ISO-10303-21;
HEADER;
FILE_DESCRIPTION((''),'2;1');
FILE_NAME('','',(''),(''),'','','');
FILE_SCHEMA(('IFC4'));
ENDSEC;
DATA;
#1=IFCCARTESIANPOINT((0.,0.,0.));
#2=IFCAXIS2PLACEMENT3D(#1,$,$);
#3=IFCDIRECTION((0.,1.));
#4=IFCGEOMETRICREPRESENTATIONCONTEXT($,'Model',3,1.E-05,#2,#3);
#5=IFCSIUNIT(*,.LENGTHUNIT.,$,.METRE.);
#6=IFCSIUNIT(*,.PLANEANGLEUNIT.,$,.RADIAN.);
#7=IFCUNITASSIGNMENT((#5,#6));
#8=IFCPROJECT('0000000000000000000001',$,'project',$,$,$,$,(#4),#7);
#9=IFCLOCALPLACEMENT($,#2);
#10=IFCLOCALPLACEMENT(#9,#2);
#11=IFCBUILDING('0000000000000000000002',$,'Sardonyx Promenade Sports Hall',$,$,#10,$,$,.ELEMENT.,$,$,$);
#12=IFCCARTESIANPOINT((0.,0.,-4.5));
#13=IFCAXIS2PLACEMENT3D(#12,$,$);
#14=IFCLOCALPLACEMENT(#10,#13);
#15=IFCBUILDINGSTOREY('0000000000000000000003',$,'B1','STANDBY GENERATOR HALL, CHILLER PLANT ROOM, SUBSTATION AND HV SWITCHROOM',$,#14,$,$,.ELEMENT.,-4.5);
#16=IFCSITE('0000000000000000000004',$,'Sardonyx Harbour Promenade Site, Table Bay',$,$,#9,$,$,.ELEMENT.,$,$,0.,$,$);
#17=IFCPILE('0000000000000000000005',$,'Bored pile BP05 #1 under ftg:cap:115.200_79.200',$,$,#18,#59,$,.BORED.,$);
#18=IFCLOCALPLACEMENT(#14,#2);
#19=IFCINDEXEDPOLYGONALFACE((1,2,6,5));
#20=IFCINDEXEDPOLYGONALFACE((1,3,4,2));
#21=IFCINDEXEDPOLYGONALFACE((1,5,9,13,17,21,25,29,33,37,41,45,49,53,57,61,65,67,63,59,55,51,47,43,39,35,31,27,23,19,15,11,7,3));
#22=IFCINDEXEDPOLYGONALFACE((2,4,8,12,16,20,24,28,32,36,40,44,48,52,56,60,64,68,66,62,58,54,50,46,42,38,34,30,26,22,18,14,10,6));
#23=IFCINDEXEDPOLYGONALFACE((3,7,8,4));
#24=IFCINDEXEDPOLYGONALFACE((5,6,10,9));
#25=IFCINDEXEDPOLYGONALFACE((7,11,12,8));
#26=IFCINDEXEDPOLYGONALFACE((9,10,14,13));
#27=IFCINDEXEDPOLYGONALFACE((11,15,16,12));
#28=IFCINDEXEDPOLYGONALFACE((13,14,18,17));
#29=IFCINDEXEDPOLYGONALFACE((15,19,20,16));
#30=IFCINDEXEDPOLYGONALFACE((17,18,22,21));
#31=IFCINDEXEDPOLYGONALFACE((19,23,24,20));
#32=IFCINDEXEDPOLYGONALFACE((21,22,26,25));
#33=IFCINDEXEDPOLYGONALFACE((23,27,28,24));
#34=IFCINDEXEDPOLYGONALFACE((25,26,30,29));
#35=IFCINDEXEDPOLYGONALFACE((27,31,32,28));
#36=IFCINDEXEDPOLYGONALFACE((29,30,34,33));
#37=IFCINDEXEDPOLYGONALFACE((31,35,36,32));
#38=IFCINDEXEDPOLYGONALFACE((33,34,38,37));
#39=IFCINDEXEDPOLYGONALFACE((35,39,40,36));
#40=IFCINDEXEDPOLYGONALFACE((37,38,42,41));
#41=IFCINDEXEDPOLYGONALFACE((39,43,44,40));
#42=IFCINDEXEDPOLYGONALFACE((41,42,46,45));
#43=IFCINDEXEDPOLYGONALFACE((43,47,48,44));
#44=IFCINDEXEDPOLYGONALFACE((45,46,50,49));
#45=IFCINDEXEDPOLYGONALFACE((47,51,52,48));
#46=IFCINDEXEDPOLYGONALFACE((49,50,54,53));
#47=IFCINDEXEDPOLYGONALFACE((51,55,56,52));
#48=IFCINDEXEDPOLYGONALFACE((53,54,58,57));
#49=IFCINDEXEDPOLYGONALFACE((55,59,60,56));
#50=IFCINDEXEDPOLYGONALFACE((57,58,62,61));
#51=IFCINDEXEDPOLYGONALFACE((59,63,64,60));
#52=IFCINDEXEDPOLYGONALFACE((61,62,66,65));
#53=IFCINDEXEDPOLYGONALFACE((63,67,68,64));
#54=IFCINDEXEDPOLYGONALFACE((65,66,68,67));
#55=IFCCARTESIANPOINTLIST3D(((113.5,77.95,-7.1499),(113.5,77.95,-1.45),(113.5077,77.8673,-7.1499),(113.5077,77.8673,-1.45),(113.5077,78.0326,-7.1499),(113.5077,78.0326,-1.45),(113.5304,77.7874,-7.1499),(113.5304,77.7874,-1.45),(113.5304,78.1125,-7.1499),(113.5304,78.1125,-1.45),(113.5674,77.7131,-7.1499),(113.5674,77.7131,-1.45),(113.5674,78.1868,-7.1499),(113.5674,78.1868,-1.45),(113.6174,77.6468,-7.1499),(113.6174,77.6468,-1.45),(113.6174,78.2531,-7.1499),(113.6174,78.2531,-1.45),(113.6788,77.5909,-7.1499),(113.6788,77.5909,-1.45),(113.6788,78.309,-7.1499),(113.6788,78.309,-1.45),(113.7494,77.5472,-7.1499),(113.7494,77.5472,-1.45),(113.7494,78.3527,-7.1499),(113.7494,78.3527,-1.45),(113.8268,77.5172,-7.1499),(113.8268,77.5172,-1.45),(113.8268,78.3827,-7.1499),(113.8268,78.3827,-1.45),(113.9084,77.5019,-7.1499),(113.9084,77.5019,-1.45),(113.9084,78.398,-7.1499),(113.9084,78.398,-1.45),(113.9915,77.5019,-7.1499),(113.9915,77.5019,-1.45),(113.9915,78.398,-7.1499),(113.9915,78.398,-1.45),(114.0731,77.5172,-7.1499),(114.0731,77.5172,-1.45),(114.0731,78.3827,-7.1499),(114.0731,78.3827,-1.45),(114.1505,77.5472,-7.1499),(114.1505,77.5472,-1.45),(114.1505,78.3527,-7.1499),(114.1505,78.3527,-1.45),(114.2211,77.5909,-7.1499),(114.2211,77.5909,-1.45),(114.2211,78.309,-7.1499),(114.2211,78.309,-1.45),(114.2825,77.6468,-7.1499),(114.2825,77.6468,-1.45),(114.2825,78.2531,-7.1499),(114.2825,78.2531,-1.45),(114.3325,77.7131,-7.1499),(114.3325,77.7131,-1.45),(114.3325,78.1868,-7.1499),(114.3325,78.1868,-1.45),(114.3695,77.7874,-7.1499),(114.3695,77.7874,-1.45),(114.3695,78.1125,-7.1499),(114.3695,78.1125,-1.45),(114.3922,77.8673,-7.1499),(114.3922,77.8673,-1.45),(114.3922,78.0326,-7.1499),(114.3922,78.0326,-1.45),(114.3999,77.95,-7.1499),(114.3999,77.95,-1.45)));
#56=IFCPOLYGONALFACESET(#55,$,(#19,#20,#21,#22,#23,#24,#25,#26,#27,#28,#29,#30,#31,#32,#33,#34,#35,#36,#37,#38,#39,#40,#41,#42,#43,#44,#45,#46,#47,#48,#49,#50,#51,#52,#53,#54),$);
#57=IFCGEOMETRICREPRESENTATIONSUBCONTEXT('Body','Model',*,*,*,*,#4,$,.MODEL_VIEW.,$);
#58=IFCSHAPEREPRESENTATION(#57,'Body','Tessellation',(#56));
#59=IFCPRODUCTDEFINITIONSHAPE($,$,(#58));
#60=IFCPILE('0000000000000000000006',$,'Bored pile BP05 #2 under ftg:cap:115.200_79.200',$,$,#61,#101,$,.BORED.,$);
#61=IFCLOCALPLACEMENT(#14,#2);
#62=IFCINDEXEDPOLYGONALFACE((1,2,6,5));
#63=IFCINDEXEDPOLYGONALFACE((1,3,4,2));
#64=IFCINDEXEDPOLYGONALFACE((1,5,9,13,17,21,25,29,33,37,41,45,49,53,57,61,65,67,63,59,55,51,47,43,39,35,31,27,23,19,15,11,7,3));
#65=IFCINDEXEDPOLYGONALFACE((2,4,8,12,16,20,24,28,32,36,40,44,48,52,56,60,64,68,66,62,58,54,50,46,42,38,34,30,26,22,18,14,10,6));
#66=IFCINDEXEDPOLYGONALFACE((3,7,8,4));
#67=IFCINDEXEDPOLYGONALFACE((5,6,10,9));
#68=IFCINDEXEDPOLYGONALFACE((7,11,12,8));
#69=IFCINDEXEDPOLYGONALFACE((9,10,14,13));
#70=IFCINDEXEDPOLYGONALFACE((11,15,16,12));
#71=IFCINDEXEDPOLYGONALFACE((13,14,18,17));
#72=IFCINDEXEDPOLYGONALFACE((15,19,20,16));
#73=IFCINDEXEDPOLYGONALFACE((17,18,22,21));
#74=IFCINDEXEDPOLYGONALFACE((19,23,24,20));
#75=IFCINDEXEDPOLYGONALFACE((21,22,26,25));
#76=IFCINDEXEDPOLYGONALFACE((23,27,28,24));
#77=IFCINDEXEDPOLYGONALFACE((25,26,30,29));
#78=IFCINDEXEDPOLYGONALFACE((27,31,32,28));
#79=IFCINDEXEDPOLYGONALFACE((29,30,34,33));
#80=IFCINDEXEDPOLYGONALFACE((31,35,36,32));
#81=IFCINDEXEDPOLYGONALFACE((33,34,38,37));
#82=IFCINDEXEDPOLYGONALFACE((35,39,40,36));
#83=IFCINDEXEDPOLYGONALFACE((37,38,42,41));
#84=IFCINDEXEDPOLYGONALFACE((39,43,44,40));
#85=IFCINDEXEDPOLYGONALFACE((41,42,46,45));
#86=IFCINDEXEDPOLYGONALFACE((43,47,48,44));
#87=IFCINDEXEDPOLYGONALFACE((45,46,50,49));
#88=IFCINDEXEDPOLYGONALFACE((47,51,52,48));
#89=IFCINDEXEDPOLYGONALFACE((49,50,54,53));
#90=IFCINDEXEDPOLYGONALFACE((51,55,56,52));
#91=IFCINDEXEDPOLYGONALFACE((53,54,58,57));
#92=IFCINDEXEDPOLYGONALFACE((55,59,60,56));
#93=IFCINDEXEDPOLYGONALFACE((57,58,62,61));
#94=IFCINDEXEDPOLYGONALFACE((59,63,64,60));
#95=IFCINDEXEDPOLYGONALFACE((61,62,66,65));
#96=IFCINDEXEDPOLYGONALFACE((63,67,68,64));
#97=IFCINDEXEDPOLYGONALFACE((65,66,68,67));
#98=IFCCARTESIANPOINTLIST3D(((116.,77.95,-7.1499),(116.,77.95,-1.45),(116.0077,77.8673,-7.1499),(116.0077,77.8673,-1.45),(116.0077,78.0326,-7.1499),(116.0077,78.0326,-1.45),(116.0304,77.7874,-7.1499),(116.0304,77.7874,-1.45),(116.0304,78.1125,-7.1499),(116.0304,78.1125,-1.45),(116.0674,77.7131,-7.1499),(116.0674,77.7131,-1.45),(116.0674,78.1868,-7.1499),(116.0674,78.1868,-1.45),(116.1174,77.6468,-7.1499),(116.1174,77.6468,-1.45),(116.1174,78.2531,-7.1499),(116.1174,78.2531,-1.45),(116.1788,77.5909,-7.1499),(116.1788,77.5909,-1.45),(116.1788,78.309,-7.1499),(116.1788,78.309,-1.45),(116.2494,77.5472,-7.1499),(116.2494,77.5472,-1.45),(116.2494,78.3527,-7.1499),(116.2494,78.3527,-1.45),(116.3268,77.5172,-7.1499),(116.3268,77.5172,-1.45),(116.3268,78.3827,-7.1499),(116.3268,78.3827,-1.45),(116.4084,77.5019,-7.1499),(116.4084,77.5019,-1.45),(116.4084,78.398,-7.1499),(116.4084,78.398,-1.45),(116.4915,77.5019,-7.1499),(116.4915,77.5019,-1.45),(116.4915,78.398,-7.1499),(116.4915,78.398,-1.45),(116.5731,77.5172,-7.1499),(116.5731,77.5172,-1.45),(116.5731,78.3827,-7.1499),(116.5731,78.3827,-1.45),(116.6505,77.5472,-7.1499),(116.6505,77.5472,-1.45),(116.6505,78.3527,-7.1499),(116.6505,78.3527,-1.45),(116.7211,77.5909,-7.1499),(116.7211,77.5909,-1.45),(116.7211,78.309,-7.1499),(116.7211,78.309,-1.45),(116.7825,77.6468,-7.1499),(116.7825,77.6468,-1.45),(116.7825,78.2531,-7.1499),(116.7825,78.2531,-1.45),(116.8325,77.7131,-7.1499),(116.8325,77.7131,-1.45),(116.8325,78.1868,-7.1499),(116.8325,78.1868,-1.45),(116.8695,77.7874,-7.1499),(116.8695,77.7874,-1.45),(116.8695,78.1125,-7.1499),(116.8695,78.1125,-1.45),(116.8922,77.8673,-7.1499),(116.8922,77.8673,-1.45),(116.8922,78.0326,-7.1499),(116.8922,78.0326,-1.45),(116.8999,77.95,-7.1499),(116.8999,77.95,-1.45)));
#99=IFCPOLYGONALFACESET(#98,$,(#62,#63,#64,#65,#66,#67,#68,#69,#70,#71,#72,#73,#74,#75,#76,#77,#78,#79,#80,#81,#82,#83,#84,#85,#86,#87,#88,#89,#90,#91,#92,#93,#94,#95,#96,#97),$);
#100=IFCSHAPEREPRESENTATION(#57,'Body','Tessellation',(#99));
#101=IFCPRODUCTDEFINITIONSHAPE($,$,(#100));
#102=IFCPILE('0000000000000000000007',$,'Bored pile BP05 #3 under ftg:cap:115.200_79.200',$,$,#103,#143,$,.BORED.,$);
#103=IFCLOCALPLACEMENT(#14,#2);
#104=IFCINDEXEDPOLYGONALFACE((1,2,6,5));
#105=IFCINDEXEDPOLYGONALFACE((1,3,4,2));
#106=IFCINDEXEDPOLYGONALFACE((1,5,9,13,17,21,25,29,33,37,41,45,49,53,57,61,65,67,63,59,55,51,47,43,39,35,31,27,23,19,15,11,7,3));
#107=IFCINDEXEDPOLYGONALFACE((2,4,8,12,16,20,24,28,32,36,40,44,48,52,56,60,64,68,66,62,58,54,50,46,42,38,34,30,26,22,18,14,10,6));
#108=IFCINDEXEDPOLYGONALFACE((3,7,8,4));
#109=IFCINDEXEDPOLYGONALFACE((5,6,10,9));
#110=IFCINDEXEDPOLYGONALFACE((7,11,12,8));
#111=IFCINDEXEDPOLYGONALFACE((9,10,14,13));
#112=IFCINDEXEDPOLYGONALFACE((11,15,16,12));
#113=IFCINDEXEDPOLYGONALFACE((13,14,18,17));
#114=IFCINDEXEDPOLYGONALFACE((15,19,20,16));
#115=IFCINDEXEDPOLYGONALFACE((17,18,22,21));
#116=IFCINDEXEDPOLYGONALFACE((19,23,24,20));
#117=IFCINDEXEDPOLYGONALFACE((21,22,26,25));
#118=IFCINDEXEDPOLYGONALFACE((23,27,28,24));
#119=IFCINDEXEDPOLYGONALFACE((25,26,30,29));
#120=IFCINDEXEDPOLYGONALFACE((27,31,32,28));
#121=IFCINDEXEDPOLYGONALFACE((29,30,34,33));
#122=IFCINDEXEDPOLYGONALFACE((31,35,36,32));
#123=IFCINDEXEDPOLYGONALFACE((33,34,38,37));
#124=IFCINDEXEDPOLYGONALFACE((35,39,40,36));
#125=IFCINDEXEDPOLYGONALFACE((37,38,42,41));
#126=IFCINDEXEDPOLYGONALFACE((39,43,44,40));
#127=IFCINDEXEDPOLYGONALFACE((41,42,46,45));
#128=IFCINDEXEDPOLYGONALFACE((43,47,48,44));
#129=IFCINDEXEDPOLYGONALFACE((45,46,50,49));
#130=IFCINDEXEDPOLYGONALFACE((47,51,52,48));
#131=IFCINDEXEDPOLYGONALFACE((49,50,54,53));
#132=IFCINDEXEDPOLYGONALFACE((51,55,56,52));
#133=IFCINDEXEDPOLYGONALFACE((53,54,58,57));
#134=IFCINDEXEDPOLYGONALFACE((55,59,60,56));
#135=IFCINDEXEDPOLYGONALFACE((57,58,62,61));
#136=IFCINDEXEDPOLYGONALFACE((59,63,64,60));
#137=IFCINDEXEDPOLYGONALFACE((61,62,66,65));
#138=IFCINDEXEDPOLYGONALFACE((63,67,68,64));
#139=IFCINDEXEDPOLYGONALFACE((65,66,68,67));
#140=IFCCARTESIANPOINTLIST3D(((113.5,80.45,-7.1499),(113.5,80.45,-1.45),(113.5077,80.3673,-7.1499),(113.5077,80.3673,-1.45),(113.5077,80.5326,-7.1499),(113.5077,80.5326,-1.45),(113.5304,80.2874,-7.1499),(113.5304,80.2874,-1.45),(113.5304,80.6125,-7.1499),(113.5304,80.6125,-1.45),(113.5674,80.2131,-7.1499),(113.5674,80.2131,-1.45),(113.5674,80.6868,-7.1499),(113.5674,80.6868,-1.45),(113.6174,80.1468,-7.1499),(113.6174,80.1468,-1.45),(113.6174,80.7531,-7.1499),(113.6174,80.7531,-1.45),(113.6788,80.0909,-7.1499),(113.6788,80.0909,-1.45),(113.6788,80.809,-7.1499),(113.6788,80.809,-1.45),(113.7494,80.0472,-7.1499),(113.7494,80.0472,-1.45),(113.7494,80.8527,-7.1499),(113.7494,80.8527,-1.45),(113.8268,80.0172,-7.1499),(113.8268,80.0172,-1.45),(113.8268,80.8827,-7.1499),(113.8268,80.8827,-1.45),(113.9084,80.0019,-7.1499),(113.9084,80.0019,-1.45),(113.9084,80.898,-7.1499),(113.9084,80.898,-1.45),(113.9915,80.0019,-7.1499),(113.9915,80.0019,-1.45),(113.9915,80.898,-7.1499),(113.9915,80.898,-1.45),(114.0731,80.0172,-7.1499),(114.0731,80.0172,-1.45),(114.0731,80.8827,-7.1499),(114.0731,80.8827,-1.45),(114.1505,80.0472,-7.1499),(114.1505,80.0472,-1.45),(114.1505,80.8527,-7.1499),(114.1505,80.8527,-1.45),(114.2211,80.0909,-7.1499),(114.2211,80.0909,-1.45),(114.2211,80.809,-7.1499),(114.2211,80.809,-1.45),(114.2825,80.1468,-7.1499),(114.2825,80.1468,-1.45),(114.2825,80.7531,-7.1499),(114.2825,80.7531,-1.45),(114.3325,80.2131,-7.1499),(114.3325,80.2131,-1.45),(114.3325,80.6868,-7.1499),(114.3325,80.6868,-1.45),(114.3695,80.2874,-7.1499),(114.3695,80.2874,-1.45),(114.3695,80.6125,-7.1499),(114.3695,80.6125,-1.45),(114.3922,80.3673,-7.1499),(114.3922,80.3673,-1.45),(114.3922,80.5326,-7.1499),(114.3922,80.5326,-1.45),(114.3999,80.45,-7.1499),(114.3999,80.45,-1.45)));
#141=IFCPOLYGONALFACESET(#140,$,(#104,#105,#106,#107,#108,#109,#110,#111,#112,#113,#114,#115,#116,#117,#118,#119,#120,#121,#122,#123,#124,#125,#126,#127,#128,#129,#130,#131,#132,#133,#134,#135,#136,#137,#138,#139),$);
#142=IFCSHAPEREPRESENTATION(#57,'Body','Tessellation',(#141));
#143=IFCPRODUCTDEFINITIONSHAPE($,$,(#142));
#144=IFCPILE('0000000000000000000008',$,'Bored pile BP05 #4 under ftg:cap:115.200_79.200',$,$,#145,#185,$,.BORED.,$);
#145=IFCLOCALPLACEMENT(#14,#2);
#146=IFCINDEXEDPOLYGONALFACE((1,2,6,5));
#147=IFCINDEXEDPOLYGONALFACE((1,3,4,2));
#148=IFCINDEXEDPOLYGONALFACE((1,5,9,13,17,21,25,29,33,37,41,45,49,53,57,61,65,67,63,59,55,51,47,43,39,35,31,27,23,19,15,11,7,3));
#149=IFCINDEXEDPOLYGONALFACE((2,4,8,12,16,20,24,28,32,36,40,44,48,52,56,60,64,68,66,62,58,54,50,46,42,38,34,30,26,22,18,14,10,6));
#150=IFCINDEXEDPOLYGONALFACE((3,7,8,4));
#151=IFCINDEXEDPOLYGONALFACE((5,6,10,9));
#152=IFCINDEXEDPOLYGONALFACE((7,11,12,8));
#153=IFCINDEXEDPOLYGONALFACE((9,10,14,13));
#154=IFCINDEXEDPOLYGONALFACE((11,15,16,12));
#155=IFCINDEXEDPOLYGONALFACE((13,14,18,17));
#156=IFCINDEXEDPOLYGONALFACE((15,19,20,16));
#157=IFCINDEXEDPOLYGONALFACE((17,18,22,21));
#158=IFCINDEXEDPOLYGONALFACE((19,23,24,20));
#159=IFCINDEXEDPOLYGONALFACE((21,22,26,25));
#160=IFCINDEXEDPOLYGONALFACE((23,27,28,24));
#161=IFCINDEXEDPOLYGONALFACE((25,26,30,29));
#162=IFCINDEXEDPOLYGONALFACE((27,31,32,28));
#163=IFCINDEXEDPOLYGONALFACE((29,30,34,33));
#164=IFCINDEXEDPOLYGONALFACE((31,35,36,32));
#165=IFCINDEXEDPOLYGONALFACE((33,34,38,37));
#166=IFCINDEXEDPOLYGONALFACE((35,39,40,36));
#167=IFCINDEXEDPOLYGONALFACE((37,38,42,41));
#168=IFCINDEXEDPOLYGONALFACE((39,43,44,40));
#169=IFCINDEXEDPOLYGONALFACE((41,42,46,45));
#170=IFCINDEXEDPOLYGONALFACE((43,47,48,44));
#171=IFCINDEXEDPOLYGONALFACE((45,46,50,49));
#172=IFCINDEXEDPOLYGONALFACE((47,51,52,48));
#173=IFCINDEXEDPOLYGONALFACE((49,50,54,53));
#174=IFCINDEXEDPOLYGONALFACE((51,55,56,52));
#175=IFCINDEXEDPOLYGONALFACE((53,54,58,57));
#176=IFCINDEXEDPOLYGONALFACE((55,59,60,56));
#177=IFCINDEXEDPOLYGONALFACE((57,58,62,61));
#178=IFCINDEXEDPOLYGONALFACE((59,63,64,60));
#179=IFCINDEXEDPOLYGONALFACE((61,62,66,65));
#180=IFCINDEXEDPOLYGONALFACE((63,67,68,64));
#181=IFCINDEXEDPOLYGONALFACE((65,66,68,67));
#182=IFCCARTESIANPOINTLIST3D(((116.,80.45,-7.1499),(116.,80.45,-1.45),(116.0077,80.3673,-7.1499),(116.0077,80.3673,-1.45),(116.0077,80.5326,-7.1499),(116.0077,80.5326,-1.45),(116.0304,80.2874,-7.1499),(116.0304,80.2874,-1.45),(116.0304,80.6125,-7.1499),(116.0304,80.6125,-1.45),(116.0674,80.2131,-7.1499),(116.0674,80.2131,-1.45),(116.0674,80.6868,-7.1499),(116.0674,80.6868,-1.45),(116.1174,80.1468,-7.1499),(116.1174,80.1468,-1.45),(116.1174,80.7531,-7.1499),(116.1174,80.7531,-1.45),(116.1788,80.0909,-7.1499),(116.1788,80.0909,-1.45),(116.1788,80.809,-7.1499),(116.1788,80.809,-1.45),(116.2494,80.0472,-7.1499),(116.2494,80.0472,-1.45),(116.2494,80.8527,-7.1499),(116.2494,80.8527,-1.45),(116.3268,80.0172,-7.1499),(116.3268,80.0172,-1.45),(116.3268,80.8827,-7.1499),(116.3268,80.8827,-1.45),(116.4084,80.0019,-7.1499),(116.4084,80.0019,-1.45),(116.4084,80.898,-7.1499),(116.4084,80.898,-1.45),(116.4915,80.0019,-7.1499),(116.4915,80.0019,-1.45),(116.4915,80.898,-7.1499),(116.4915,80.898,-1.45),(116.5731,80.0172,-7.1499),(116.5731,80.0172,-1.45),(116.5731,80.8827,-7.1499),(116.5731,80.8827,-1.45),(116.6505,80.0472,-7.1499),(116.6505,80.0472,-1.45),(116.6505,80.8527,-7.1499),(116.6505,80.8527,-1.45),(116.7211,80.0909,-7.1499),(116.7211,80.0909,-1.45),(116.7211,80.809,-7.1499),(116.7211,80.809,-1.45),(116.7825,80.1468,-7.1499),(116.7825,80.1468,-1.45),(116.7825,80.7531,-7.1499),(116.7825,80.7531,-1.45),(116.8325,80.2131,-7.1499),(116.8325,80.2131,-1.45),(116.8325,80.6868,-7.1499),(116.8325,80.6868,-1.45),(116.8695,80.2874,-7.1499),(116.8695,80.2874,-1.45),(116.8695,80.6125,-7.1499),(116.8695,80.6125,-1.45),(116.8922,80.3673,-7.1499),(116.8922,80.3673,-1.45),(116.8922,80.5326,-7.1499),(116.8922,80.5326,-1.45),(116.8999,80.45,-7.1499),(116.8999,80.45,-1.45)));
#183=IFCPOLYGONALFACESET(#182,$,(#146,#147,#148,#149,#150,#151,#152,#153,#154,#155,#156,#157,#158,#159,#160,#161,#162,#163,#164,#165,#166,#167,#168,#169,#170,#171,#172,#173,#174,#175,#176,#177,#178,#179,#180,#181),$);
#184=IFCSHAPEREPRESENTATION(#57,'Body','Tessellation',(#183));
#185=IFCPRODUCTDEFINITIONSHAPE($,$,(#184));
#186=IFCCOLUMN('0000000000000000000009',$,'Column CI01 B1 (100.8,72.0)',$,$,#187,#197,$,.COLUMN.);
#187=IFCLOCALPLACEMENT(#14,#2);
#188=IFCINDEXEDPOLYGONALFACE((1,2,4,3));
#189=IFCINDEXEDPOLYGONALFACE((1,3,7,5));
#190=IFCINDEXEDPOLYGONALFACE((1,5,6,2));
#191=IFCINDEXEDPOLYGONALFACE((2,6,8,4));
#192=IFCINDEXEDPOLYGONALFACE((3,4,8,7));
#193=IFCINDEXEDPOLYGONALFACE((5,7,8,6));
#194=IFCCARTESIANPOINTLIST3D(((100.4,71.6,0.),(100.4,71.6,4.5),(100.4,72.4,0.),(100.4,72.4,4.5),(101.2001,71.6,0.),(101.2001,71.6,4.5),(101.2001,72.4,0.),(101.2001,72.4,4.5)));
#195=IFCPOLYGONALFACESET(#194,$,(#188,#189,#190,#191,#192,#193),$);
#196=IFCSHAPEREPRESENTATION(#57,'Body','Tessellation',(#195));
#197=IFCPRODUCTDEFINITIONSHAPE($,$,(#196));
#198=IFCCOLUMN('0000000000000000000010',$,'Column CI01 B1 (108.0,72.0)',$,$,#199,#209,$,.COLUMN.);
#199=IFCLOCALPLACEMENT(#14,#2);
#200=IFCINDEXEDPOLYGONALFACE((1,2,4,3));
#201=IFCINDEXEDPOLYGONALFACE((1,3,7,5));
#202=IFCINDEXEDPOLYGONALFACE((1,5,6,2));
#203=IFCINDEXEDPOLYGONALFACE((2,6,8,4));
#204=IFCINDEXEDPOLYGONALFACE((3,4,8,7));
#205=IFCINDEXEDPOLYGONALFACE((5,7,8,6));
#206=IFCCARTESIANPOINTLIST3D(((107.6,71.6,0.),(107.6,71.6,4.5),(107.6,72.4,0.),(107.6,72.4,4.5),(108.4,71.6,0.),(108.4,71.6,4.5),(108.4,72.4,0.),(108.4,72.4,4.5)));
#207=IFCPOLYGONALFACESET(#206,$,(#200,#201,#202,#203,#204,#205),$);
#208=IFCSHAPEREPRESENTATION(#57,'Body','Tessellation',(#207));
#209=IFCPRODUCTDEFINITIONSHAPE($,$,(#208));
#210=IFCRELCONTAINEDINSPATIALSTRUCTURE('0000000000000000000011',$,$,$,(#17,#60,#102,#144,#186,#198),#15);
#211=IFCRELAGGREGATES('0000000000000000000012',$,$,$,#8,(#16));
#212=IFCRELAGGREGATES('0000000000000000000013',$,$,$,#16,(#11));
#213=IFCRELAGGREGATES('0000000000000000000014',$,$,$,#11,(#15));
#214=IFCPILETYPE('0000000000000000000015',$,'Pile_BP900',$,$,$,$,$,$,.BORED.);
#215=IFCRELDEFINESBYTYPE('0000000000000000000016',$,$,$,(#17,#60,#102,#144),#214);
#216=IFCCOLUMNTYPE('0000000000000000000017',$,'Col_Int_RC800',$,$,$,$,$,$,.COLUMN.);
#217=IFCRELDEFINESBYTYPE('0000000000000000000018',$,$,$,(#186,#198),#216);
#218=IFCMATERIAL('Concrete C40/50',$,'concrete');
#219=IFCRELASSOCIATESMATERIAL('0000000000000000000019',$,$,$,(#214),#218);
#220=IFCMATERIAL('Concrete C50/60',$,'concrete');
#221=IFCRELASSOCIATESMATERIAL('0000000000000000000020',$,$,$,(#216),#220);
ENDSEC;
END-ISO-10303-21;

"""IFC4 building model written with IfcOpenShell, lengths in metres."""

from ifc_helpers import new_model, si_unit, direction, frame, origin, origin_2d, place, context, subcontext, project, spatial, rectangle, circle, extrude, material, material_profile, profile_set, type_object, element, save


model = new_model("IFC4")

# Units and contexts
model_context = context("Model", 3, precision=1e-05, world=origin(), true_north=direction((0.0, 1.0)))
body_context = subcontext(model_context, "Body", "Model", "MODEL_VIEW")
ifc_project = project(units=[si_unit("LENGTHUNIT", "METRE"), si_unit("PLANEANGLEUNIT", "RADIAN")], contexts=[model_context])

# Site, building, storey
site_placement = place(None, origin())
site = spatial("IfcSite", under=ifc_project, at=site_placement, Name="Sardonyx Harbour Promenade Site, Table Bay", CompositionType="ELEMENT", RefElevation=0.0)
building_placement = place(site_placement, origin())
building = spatial("IfcBuilding", under=site, at=building_placement, Name="Sardonyx Promenade Sports Hall", CompositionType="ELEMENT")
storey_placement = place(building_placement, frame((0.0, 0.0, -4.5)))
storey = spatial("IfcBuildingStorey", under=building, at=storey_placement, Name="B1", Description="STANDBY GENERATOR HALL, CHILLER PLANT ROOM, SUBSTATION AND HV SWITCHROOM", CompositionType="ELEMENT", Elevation=-4.5)

# Piles
ifc_material_1 = material(Name="Concrete C40/50", Category="concrete")
ifc_material_profile_1 = material_profile(ifc_material_1, circle(Radius=0.45, at=origin_2d()))
ifc_profile_set_1 = profile_set([ifc_material_profile_1], Name="Concrete C40/50")
pile_type_1 = type_object("IfcPileType", Name="Pile_BP900", PredefinedType="BORED", material=ifc_profile_set_1)
for number, where, z_axis, x_axis, name in (
    (1, (113.95, 77.95, -1.45), (0.0, 0.0, -1.0), (1.0, 0.0, 0.0), "Bored pile BP05 #1 under ftg:cap:115.200_79.200"),
    (2, (116.45, 77.95, -1.45), (0.0, 0.0, -1.0), (1.0, 0.0, 0.0), "Bored pile BP05 #2 under ftg:cap:115.200_79.200"),
    (3, (113.95, 80.45, -1.45), (0.0, 0.0, -1.0), (1.0, 0.0, 0.0), "Bored pile BP05 #3 under ftg:cap:115.200_79.200"),
    (4, (116.45, 80.45, -1.45), (0.0, 0.0, -1.0), (1.0, 0.0, 0.0), "Bored pile BP05 #4 under ftg:cap:115.200_79.200"),
):
    element("IfcPile", number, at=place(storey_placement, frame(where, z_axis=z_axis, x_axis=x_axis)), inside=storey, type_object=pile_type_1, Name=name, PredefinedType="BORED", context=body_context, shape_type="SweptSolid", body=[
        extrude(circle(Radius=0.45, at=origin_2d()), origin(), (0.0, 0.0, 1.0), 5.7),
    ])

# Columns
ifc_material_2 = material(Name="Concrete C50/60", Category="concrete")
ifc_material_profile_2 = material_profile(ifc_material_2, rectangle(XDim=0.8, YDim=0.8, at=origin_2d()))
ifc_profile_set_2 = profile_set([ifc_material_profile_2], Name="Concrete C50/60")
column_type_1 = type_object("IfcColumnType", Name="Col_Int_RC800", PredefinedType="COLUMN", material=ifc_profile_set_2)
for number, where, z_axis, x_axis, name in (
    (5, (100.8, 72.0, 0.0), (0.0, 0.0, 1.0), (1.0, 0.0, 0.0), "Column CI01 B1 (100.8,72.0)"),
    (6, (108.0, 72.0, 0.0), (0.0, 0.0, 1.0), (1.0, 0.0, 0.0), "Column CI01 B1 (108.0,72.0)"),
):
    element("IfcColumn", number, at=place(storey_placement, frame(where, z_axis=z_axis, x_axis=x_axis)), inside=storey, type_object=column_type_1, Name=name, PredefinedType="COLUMN", context=body_context, shape_type="SweptSolid", body=[
        extrude(rectangle(XDim=0.8, YDim=0.8, at=origin_2d()), origin(), (0.0, 0.0, 1.0), 4.5),
    ])

save(model, "model.ifc")
